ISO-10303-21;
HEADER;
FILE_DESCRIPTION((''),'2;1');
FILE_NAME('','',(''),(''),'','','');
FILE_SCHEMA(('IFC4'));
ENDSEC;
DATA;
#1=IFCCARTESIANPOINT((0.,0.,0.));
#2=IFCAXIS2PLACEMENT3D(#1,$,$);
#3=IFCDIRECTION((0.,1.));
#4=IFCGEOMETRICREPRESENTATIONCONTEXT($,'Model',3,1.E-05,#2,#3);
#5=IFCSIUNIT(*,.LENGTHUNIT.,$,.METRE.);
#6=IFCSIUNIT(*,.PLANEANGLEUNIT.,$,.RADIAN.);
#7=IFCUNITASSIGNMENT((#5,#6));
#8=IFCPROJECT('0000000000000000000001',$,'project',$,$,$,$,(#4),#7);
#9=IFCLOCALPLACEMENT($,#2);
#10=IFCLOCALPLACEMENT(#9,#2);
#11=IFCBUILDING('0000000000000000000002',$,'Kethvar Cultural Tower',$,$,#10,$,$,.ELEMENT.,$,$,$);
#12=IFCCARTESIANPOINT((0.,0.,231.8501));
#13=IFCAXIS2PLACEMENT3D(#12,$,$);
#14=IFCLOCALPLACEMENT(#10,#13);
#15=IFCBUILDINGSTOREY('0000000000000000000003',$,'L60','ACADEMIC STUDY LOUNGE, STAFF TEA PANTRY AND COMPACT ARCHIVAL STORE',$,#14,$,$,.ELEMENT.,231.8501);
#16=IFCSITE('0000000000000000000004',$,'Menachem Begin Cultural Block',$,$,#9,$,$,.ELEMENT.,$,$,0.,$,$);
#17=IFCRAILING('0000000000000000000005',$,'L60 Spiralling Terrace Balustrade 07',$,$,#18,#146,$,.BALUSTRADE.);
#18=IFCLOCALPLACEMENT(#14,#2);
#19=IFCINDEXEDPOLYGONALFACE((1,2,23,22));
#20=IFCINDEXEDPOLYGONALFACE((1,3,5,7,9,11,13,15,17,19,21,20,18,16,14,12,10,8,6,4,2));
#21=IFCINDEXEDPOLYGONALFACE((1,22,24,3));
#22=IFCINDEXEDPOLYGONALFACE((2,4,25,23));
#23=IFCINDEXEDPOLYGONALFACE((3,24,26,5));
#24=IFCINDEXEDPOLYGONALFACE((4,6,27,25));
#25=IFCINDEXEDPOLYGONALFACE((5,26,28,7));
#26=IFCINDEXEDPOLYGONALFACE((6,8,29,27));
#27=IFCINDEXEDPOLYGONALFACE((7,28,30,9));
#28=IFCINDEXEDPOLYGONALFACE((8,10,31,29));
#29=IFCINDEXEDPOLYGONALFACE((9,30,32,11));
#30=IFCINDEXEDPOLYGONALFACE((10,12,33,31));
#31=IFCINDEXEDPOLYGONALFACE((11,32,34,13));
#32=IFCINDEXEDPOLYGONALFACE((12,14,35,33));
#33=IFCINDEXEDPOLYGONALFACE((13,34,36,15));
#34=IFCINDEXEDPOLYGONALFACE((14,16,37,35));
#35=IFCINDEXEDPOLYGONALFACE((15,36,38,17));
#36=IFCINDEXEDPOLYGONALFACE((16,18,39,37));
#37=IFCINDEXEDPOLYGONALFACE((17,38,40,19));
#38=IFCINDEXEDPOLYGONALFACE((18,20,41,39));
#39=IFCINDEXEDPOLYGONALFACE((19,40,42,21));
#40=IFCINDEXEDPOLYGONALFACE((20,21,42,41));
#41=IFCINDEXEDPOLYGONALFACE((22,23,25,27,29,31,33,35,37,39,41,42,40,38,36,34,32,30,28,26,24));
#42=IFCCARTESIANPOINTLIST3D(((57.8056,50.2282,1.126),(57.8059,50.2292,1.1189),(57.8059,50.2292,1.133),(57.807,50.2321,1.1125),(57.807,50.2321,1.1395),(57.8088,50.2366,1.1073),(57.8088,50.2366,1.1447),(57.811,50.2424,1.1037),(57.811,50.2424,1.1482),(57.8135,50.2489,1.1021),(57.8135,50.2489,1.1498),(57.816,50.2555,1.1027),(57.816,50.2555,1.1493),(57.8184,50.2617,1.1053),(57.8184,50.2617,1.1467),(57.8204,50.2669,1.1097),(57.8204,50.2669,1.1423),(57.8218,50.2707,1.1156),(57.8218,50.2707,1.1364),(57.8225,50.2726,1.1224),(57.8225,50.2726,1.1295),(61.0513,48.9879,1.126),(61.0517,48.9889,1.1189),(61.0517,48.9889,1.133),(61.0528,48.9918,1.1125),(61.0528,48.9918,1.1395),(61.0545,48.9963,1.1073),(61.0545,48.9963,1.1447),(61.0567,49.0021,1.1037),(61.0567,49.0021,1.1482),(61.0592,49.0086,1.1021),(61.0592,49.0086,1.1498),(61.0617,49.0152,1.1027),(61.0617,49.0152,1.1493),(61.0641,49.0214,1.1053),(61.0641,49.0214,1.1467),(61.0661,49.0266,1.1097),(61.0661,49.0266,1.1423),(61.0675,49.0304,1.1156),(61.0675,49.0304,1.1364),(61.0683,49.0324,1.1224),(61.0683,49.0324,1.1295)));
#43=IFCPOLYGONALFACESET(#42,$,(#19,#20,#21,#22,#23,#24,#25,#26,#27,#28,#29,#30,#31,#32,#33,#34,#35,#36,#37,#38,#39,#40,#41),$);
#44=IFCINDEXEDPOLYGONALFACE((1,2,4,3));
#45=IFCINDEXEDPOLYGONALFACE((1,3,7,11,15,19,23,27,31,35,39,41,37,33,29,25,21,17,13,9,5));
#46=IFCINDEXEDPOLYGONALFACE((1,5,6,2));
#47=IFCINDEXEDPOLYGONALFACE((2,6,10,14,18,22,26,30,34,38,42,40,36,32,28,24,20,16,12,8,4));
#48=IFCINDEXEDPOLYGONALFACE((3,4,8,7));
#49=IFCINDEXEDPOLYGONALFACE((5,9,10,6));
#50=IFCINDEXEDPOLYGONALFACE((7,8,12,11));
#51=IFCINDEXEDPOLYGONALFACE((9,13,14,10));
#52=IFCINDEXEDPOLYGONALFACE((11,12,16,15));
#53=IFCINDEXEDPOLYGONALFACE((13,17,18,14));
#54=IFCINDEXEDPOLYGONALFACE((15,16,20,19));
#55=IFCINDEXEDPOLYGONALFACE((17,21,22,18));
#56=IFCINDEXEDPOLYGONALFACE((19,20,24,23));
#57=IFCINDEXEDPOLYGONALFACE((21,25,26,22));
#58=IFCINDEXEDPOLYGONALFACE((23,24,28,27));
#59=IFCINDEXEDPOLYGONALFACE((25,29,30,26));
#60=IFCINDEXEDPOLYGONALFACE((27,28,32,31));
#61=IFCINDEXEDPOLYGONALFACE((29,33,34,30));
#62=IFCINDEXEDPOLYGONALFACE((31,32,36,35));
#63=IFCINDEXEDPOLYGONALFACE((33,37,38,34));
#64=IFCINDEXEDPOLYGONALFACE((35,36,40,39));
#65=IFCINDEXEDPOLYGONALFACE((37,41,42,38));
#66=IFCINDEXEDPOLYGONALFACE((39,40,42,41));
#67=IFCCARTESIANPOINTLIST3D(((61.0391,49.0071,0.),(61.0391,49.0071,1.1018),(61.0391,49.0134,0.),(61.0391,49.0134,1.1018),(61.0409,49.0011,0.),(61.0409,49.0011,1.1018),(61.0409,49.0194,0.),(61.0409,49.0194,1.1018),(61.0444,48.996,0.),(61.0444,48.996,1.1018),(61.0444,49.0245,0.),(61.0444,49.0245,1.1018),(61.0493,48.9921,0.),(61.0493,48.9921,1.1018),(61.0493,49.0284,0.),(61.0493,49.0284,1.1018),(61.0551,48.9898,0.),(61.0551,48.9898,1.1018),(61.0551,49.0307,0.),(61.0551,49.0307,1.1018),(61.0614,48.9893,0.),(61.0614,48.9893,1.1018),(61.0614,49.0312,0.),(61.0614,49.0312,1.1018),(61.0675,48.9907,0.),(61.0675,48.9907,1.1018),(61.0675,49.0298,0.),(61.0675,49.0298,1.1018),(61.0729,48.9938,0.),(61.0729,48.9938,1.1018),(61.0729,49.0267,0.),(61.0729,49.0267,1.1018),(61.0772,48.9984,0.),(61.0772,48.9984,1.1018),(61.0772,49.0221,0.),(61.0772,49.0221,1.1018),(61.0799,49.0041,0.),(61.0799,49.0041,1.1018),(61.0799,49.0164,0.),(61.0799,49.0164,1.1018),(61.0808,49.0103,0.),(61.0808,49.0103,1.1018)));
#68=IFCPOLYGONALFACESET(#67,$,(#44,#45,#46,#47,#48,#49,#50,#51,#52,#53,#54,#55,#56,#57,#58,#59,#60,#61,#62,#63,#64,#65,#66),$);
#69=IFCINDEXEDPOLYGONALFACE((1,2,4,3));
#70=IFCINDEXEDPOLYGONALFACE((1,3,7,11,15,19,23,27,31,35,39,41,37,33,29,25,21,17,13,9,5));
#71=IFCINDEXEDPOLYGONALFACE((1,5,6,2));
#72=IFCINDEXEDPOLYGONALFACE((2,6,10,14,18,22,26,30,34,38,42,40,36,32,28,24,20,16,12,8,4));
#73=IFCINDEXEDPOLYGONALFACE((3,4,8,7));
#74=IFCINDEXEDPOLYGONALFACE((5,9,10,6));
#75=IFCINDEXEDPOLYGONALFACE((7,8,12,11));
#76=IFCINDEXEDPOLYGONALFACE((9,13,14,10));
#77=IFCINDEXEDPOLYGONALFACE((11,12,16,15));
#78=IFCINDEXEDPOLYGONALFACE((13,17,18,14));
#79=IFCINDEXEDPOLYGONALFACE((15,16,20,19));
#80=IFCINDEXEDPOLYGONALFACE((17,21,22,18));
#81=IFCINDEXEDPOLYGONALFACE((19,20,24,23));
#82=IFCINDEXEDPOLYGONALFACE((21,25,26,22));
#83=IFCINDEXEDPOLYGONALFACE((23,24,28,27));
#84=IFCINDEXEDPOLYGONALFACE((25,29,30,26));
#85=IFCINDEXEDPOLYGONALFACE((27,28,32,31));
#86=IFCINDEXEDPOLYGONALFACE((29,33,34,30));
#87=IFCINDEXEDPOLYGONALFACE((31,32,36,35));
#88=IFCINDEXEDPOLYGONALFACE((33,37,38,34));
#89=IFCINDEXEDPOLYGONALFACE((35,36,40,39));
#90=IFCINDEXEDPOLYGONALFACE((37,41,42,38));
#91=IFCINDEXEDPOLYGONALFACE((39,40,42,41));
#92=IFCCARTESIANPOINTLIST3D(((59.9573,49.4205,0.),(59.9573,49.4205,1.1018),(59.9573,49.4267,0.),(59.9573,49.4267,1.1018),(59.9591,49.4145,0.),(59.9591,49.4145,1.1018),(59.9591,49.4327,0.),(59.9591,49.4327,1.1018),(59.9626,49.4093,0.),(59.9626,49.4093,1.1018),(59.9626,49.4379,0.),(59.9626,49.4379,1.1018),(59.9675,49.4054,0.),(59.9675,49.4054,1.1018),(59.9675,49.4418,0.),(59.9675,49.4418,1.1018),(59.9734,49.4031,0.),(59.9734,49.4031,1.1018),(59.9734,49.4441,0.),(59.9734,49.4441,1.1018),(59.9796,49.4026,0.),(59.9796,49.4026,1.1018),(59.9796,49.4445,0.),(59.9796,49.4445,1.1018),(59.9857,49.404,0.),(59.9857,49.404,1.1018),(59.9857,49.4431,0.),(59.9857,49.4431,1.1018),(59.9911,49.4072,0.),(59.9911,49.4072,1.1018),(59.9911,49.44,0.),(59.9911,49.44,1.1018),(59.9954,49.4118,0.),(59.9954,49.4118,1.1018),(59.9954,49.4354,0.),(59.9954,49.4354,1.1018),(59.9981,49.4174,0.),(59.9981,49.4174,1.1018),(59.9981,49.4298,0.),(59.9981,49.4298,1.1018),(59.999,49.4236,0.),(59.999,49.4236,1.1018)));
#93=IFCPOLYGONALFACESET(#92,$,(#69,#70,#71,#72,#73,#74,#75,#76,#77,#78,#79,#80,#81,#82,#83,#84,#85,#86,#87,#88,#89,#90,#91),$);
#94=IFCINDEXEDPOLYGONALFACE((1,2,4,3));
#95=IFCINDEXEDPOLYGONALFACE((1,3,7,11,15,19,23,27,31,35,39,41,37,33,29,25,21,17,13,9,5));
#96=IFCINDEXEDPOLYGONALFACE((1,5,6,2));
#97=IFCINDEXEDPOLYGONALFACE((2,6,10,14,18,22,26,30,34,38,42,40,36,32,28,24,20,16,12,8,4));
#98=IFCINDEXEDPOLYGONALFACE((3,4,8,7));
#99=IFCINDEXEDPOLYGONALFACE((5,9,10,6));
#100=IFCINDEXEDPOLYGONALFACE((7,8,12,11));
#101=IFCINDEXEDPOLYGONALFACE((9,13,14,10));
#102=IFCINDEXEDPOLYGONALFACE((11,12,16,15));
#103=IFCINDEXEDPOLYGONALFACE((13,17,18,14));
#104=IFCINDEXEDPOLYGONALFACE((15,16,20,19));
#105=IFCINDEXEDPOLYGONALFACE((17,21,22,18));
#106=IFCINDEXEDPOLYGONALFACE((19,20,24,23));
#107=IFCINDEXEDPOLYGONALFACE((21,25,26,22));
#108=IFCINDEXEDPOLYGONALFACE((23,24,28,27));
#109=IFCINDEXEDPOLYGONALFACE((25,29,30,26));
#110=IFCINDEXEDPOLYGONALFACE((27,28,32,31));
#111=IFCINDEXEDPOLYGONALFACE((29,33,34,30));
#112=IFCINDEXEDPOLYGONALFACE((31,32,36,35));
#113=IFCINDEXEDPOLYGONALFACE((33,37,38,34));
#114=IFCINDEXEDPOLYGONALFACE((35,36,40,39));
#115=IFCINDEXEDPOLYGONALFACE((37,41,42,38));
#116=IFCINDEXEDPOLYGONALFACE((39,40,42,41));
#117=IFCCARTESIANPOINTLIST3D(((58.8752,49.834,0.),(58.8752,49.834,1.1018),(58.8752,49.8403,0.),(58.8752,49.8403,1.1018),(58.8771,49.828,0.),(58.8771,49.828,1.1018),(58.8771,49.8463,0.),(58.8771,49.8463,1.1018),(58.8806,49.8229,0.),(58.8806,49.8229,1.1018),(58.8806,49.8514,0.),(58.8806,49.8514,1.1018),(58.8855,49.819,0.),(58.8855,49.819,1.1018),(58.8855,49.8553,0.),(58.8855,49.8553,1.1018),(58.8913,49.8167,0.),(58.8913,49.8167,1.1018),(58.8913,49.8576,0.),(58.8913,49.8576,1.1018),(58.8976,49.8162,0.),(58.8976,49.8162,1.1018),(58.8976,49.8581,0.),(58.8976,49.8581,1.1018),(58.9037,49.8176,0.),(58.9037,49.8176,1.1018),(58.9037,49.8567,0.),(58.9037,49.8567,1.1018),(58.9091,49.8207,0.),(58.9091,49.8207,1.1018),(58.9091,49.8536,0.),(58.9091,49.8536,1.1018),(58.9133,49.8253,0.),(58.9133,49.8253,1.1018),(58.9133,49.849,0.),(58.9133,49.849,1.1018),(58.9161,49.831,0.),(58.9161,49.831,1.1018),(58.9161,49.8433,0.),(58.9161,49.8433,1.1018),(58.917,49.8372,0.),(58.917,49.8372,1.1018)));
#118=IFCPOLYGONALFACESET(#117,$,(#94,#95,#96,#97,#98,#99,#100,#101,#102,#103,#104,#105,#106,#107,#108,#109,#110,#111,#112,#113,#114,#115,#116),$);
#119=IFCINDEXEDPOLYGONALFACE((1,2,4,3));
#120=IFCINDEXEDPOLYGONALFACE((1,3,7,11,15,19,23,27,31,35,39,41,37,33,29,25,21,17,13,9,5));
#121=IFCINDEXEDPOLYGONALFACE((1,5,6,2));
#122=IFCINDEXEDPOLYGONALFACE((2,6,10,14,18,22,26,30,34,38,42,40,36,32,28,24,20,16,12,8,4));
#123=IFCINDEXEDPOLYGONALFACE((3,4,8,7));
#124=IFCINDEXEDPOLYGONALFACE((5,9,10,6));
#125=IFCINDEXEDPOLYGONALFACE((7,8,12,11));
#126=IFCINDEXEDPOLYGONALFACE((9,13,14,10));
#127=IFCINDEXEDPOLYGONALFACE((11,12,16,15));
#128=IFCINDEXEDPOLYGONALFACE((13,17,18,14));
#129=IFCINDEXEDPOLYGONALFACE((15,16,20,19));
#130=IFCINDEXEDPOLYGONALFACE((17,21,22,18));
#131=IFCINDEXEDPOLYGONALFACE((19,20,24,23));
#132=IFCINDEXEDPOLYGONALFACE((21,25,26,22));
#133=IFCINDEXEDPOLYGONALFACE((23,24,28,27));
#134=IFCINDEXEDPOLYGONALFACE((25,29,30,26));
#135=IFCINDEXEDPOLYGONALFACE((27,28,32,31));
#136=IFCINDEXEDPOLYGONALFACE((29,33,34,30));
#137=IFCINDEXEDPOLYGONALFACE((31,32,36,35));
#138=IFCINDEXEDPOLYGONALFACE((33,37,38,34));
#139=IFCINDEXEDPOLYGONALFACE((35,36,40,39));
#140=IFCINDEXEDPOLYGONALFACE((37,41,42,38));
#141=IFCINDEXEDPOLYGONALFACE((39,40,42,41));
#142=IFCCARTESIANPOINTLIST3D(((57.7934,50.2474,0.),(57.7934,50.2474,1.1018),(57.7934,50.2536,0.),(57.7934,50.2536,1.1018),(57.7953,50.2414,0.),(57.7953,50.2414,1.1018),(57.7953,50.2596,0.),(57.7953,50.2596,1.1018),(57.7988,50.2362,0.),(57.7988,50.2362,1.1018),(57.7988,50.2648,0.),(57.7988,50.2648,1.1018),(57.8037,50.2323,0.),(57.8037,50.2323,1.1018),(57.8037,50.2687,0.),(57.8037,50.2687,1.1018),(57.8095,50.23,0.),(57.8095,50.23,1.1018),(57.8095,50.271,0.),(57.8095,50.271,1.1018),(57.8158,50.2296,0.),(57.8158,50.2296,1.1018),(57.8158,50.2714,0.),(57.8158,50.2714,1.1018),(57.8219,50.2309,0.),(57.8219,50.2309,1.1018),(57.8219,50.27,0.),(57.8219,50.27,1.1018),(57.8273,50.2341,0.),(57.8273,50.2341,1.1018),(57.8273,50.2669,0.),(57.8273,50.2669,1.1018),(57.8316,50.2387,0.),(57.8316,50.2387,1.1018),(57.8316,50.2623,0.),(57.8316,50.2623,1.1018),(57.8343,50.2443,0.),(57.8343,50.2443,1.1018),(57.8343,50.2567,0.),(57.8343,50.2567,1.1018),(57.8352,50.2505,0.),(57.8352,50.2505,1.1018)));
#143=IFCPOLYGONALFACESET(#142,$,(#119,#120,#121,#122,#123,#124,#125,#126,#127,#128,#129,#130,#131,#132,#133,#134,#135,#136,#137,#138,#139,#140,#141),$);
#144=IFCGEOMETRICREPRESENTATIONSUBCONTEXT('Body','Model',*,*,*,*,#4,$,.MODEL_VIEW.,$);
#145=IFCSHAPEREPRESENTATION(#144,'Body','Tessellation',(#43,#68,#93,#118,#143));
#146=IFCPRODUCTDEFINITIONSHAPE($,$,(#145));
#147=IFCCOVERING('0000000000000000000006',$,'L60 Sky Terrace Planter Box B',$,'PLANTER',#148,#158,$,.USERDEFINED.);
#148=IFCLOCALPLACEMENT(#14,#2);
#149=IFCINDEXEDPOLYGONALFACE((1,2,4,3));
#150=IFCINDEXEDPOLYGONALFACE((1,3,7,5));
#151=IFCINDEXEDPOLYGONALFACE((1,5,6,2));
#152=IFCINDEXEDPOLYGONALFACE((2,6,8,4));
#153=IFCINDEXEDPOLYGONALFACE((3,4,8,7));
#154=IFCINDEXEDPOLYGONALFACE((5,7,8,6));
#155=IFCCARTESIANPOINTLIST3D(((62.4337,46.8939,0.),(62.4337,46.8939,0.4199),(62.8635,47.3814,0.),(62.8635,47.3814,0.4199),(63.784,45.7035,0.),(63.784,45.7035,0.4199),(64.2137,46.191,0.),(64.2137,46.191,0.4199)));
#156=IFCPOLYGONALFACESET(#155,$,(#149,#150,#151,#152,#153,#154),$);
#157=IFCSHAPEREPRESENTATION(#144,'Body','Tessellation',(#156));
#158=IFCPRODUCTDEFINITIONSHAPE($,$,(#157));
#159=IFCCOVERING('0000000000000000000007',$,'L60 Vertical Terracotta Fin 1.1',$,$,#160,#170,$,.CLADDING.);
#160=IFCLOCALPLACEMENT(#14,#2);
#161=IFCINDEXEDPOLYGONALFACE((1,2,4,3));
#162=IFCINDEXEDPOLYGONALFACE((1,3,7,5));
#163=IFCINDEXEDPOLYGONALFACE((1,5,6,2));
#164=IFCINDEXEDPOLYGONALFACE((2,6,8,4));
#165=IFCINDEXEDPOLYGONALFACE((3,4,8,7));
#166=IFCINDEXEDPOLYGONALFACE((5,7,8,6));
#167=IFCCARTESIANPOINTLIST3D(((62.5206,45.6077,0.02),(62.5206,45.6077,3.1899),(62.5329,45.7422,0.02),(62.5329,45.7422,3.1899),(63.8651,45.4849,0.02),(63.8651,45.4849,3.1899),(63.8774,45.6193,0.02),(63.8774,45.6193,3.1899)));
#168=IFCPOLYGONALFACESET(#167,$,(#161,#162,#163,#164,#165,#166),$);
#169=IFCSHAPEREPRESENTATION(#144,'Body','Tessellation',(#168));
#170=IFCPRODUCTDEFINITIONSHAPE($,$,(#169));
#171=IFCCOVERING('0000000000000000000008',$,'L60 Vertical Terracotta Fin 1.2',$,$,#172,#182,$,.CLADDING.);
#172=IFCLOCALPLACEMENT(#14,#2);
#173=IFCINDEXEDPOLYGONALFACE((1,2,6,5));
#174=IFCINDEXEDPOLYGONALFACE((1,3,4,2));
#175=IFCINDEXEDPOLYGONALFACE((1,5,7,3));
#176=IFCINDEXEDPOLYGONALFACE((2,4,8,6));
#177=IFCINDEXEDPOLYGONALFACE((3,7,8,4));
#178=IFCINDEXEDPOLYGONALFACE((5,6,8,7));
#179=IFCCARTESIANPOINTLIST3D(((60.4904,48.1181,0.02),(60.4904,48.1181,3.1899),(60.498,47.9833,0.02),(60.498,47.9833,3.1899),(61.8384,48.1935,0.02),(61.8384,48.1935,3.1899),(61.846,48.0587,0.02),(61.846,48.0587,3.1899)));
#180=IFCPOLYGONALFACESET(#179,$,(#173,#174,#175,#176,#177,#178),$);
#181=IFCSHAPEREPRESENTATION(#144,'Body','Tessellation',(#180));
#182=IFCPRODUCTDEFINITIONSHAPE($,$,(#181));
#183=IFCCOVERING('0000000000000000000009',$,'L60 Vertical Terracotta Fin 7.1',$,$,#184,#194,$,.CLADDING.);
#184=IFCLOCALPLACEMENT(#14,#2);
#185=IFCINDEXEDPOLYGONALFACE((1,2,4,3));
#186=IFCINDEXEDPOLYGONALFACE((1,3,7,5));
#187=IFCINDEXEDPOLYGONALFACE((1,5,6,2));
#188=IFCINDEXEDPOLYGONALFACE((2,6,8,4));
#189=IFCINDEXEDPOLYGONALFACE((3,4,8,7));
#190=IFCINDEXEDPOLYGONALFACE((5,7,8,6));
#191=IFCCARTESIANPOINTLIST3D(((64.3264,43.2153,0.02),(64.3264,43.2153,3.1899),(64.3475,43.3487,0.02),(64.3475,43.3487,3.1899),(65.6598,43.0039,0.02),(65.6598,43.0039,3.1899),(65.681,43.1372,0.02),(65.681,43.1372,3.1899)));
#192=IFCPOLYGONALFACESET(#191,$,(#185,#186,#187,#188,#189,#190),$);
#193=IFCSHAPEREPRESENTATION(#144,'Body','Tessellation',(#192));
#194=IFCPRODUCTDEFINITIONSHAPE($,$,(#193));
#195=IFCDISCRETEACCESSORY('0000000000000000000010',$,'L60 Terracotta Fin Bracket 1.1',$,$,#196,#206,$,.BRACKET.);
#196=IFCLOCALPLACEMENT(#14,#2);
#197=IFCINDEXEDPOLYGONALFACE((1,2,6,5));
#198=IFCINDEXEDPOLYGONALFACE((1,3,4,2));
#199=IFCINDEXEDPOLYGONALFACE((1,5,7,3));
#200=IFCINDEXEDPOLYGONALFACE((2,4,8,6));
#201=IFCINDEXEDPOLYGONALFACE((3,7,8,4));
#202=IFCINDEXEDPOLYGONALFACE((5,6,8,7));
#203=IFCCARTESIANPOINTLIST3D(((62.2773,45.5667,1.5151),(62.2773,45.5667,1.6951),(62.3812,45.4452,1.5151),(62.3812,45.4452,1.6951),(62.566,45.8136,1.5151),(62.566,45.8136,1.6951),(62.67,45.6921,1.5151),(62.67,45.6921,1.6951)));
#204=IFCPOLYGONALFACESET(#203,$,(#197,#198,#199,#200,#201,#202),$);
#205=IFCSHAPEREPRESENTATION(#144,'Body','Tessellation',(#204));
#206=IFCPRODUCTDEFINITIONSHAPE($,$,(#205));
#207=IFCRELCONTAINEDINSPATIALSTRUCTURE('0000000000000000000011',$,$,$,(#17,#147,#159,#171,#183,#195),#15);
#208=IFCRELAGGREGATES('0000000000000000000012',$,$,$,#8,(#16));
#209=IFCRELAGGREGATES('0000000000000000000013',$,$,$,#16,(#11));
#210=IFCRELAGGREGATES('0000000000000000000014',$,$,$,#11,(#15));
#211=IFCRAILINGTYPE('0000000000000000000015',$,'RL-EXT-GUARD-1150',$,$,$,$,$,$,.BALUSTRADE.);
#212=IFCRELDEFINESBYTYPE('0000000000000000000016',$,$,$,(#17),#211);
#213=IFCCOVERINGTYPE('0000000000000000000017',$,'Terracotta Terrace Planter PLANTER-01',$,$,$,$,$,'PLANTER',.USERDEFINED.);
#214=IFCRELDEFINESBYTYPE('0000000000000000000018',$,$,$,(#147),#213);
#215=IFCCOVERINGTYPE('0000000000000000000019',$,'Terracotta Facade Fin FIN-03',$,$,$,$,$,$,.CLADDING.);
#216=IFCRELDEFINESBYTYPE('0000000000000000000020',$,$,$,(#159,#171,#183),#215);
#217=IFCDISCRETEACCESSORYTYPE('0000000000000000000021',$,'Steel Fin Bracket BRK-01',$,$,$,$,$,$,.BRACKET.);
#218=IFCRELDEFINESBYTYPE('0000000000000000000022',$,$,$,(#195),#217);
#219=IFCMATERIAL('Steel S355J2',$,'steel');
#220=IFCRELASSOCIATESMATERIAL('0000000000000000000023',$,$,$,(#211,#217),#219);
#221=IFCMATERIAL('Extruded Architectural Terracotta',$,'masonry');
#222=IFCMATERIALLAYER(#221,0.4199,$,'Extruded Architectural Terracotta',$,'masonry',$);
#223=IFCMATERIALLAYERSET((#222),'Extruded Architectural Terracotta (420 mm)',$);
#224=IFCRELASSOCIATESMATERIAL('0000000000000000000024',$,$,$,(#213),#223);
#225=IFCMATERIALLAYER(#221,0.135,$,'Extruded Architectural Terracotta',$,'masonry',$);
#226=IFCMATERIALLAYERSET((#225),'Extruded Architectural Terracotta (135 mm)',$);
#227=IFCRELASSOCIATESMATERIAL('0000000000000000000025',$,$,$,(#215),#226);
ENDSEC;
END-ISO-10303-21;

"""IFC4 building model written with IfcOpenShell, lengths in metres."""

from ifc_helpers import new_model, si_unit, direction, frame, origin, origin_2d, place, context, subcontext, project, spatial, rectangle, circle, extrude, source, transform, mapped, material, layer, layer_set, type_object, element, save


model = new_model("IFC4")

# Units and contexts
model_context = context("Model", 3, precision=1e-05, world=origin(), true_north=direction((0.0, 1.0)))
body_context = subcontext(model_context, "Body", "Model", "MODEL_VIEW")
ifc_project = project(units=[si_unit("LENGTHUNIT", "METRE"), si_unit("PLANEANGLEUNIT", "RADIAN")], contexts=[model_context])

# Site, building, storey
site_placement = place(None, origin())
site = spatial("IfcSite", under=ifc_project, at=site_placement, Name="Menachem Begin Cultural Block", CompositionType="ELEMENT", RefElevation=0.0)
building_placement = place(site_placement, origin())
building = spatial("IfcBuilding", under=site, at=building_placement, Name="Kethvar Cultural Tower", CompositionType="ELEMENT")
storey_placement = place(building_placement, frame((0.0, 0.0, 231.8501)))
storey = spatial("IfcBuildingStorey", under=building, at=storey_placement, Name="L60", Description="ACADEMIC STUDY LOUNGE, STAFF TEA PANTRY AND COMPACT ARCHIVAL STORE", CompositionType="ELEMENT", Elevation=231.8501)

# Shared definitions
ifc_material_1 = material(Name="Steel S355J2", Category="steel")

# Railing
railing_type = type_object("IfcRailingType", Name="RL-EXT-GUARD-1150", PredefinedType="BALUSTRADE", material=ifc_material_1)
railing_1_placement = place(storey_placement, frame((61.0598, 49.0103, 0.0)))
element("IfcRailing", 1, at=railing_1_placement, inside=storey, type_object=railing_type, Name="L60 Spiralling Terrace Balustrade 07", PredefinedType="BALUSTRADE", context=body_context, shape_type="SweptSolid", body=[
    extrude(circle(Radius=0.0239, at=origin_2d()), frame((0.0, 0.0, 1.126), z_axis=(-0.934122, 0.356954, 0.0), x_axis=(-0.356954, -0.934122, 0.0)), (0.0, 0.0, 1.0), 3.4746),
    extrude(circle(Radius=0.021, at=origin_2d()), origin(), (0.0, 0.0, 1.0), 1.1018),
    extrude(circle(Radius=0.021, at=origin_2d()), frame((-1.0818, 0.4133, 0.0)), (0.0, 0.0, 1.0), 1.1018),
    extrude(circle(Radius=0.021, at=origin_2d()), frame((-2.1638, 0.8269, 0.0)), (0.0, 0.0, 1.0), 1.1018),
    extrude(circle(Radius=0.021, at=origin_2d()), frame((-3.2456, 1.2402, 0.0)), (0.0, 0.0, 1.0), 1.1018),
])

# Coverings
ifc_material_2 = material(Name="Extruded Architectural Terracotta", Category="masonry")
ifc_layer_1 = layer(ifc_material_2, 0.4199, Name="Extruded Architectural Terracotta", Category="masonry")
ifc_layer_set_1 = layer_set([ifc_layer_1], Name="Extruded Architectural Terracotta (420 mm)")
covering_type_1 = type_object("IfcCoveringType", Name="Terracotta Terrace Planter PLANTER-01", ElementType="PLANTER", PredefinedType="USERDEFINED", material=ifc_layer_set_1)
shared_shape_1 = source(origin(), body_context, "Body", "SweptSolid", [
    extrude(rectangle(XDim=1.8, YDim=0.6499, at=origin_2d()), origin(), (0.0, 0.0, 1.0), 0.4199),
])
covering_placement = place(storey_placement, frame((63.3237, 46.5425, 0.0), z_axis=(0.0, 0.0, 1.0), x_axis=(-0.750111, 0.661312, 0.0)))
element("IfcCovering", 2, at=covering_placement, inside=storey, type_object=covering_type_1, Name="L60 Sky Terrace Planter Box B", ObjectType="PLANTER", PredefinedType="USERDEFINED", context=body_context, shape_type="MappedRepresentation", body=[
    mapped(shared_shape_1, transform((0.0, 0.0, 0.0), scale=1.0)),
])
ifc_layer_2 = layer(ifc_material_2, 0.135, Name="Extruded Architectural Terracotta", Category="masonry")
ifc_layer_set_2 = layer_set([ifc_layer_2], Name="Extruded Architectural Terracotta (135 mm)")
covering_type_2 = type_object("IfcCoveringType", Name="Terracotta Facade Fin FIN-03", PredefinedType="CLADDING", material=ifc_layer_set_2)
shared_shape_2 = source(origin(), body_context, "Body", "SweptSolid", [
    extrude(rectangle(XDim=1.3501, YDim=0.135, at=origin_2d()), origin(), (0.0, 0.0, 1.0), 3.1699),
])
for number, where, z_axis, x_axis, name in (
    (3, (63.199, 45.6135, 0.02), (0.0, 0.0, 1.0), (0.995853, -0.09098, 0.0), "L60 Vertical Terracotta Fin 1.1"),
    (4, (61.1682, 48.0884, 0.02), (0.0, 0.0, 1.0), (0.998441, 0.055822, 0.0), "L60 Vertical Terracotta Fin 1.2"),
    (5, (65.0037, 43.1763, 0.02), (0.0, 0.0, 1.0), (0.987661, -0.156607, 0.0), "L60 Vertical Terracotta Fin 7.1"),
):
    element("IfcCovering", number, at=place(storey_placement, frame(where, z_axis=z_axis, x_axis=x_axis)), inside=storey, type_object=covering_type_2, Name=name, PredefinedType="CLADDING", context=body_context, shape_type="MappedRepresentation", body=[
        mapped(shared_shape_2, transform((0.0, 0.0, 0.0), scale=1.0)),
    ])

# Discrete accessory
discrete_accessory_type = type_object("IfcDiscreteAccessoryType", Name="Steel Fin Bracket BRK-01", PredefinedType="BRACKET", material=ifc_material_1)
shared_shape_3 = source(origin(), body_context, "Body", "SweptSolid", [
    extrude(rectangle(XDim=0.3799, YDim=0.1599, at=origin_2d()), origin(), (0.0, 0.0, 1.0), 0.1799),
])
for number, where, z_axis, x_axis, name in (
    (6, (62.4736, 45.6294, 1.5151), (0.0, 0.0, 1.0), (0.760066, 0.649846, 0.0), "L60 Terracotta Fin Bracket 1.1"),
):
    element("IfcDiscreteAccessory", number, at=place(storey_placement, frame(where, z_axis=z_axis, x_axis=x_axis)), inside=storey, type_object=discrete_accessory_type, Name=name, PredefinedType="BRACKET", context=body_context, shape_type="MappedRepresentation", body=[
        mapped(shared_shape_3, transform((0.0, 0.0, 0.0), scale=1.0)),
    ])

save(model, "model.ifc")
